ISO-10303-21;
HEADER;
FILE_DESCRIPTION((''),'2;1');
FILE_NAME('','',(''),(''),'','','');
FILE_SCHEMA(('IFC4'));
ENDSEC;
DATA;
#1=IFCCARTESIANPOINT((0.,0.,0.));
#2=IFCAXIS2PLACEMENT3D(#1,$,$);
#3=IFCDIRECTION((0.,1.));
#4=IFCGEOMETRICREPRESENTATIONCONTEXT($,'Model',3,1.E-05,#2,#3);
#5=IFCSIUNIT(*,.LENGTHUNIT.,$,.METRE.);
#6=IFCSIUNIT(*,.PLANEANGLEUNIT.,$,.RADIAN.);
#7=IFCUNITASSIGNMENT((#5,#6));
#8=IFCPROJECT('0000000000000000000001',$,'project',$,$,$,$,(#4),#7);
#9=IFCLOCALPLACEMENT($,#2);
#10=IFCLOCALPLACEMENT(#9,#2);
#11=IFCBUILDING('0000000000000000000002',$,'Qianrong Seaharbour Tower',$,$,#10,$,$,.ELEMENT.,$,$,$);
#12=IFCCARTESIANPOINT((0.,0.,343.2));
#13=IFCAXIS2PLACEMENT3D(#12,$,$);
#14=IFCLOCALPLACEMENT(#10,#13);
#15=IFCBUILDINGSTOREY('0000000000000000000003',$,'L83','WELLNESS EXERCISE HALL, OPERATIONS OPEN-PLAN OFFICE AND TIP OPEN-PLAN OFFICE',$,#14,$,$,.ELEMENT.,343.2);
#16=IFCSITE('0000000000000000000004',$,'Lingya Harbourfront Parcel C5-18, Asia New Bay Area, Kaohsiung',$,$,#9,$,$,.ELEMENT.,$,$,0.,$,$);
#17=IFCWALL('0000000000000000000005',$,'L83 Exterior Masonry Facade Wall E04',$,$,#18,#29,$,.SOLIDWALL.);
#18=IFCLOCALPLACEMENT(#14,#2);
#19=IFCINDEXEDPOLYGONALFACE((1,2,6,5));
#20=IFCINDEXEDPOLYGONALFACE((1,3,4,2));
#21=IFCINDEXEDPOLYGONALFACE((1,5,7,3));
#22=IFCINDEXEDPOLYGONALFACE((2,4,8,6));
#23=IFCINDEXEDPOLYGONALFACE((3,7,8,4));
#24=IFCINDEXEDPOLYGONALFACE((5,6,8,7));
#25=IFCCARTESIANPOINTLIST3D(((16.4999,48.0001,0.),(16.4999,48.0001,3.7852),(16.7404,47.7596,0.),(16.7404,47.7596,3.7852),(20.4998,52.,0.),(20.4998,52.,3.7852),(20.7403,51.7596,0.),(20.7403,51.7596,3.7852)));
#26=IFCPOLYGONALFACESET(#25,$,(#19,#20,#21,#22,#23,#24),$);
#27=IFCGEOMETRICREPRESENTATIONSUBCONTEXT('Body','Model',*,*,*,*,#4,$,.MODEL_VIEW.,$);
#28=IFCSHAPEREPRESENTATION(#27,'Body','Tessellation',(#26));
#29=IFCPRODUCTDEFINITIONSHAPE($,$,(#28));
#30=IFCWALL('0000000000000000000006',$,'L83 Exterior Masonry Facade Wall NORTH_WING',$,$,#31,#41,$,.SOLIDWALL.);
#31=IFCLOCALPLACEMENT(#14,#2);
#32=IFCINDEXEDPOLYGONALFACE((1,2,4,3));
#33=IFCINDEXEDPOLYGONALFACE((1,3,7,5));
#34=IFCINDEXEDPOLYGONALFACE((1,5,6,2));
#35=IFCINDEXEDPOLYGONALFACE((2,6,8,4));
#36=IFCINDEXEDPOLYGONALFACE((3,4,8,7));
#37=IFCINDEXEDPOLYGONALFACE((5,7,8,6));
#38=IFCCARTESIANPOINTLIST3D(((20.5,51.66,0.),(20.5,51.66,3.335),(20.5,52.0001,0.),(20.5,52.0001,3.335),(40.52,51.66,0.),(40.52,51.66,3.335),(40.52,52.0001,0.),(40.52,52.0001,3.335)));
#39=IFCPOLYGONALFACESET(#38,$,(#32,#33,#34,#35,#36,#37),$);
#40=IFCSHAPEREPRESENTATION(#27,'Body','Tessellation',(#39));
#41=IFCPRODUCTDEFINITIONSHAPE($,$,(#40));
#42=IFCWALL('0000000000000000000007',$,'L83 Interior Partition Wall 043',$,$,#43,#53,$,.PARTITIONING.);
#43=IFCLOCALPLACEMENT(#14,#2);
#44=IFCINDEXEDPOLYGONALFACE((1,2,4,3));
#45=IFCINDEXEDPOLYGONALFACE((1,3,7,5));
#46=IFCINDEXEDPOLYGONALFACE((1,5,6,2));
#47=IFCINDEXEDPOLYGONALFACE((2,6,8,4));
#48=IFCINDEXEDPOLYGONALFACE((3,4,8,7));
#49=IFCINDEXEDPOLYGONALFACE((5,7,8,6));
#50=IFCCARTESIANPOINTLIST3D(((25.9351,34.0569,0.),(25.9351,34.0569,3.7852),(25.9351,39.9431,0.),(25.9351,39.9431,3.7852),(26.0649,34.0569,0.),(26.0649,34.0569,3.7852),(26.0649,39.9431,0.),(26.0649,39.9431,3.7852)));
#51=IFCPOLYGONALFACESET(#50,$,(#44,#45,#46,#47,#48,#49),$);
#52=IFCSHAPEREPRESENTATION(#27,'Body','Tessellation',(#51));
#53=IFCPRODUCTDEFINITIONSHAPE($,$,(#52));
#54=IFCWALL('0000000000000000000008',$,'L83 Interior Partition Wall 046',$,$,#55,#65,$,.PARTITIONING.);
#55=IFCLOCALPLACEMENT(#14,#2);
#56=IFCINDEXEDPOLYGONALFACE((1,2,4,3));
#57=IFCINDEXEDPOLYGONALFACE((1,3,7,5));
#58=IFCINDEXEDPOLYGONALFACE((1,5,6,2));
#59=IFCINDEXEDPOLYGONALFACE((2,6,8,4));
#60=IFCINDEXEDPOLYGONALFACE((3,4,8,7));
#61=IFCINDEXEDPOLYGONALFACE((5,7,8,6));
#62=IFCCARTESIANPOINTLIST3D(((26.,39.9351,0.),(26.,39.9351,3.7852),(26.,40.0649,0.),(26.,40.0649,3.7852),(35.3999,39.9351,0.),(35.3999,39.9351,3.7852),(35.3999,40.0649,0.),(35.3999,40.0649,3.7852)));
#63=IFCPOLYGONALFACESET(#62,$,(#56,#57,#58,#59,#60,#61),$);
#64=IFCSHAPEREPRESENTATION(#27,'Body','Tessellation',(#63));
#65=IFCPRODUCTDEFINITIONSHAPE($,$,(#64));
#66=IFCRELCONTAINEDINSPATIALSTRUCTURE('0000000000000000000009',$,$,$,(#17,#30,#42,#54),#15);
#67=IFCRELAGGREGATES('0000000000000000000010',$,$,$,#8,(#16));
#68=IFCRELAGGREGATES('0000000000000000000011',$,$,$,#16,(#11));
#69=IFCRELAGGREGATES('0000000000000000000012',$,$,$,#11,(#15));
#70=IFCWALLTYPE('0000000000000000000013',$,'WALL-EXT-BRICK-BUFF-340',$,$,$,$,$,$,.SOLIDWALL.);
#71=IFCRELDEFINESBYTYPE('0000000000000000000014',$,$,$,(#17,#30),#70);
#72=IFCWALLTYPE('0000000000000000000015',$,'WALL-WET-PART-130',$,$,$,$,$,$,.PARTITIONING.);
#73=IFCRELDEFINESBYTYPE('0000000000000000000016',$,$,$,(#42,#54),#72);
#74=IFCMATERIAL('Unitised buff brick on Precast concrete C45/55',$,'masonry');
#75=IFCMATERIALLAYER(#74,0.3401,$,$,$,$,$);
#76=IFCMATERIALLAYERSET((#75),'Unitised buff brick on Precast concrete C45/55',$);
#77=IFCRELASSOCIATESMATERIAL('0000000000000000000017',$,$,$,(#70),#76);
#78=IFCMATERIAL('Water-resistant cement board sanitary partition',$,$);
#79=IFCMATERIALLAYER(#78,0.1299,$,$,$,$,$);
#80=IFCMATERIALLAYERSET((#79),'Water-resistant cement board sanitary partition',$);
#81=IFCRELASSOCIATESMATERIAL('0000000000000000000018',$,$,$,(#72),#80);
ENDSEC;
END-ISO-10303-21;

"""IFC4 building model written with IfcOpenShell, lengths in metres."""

from ifc_helpers import new_model, si_unit, direction, frame, frame_2d, origin, place, context, subcontext, project, spatial, rectangle, extrude, material, layer, layer_set, type_object, element, save


model = new_model("IFC4")

# Units and contexts
model_context = context("Model", 3, precision=1e-05, world=origin(), true_north=direction((0.0, 1.0)))
body_context = subcontext(model_context, "Body", "Model", "MODEL_VIEW")
ifc_project = project(units=[si_unit("LENGTHUNIT", "METRE"), si_unit("PLANEANGLEUNIT", "RADIAN")], contexts=[model_context])

# Site, building, storey
site_placement = place(None, origin())
site = spatial("IfcSite", under=ifc_project, at=site_placement, Name="Lingya Harbourfront Parcel C5-18, Asia New Bay Area, Kaohsiung", CompositionType="ELEMENT", RefElevation=0.0)
building_placement = place(site_placement, origin())
building = spatial("IfcBuilding", under=site, at=building_placement, Name="Qianrong Seaharbour Tower", CompositionType="ELEMENT")
storey_placement = place(building_placement, frame((0.0, 0.0, 343.2)))
storey = spatial("IfcBuildingStorey", under=building, at=storey_placement, Name="L83", Description="WELLNESS EXERCISE HALL, OPERATIONS OPEN-PLAN OFFICE AND TIP OPEN-PLAN OFFICE", CompositionType="ELEMENT", Elevation=343.2)

# Walls
ifc_material_1 = material(Name="Unitised buff brick on Precast concrete C45/55", Category="masonry")
ifc_layer_1 = layer(ifc_material_1, 0.3401)
ifc_layer_set_1 = layer_set([ifc_layer_1], Name="Unitised buff brick on Precast concrete C45/55")
wall_type_1 = type_object("IfcWallType", Name="WALL-EXT-BRICK-BUFF-340", PredefinedType="SOLIDWALL", material=ifc_layer_set_1)
wall_1_placement = place(storey_placement, frame((16.6201, 47.8799, 0.0), z_axis=(0.0, 0.0, 1.0), x_axis=(0.707107, 0.707107, 0.0)))
element("IfcWall", 1, at=wall_1_placement, inside=storey, type_object=wall_type_1, Name="L83 Exterior Masonry Facade Wall E04", PredefinedType="SOLIDWALL", context=body_context, shape_type="SweptSolid", body=[
    extrude(rectangle(XDim=5.6567, YDim=0.3401, at=frame_2d((2.8284, 0.0))), origin(), (0.0, 0.0, 1.0), 3.7852),
])
wall_2_placement = place(storey_placement, frame((20.5, 51.8301, 0.0), z_axis=(0.0, 0.0, 1.0), x_axis=(1.0, 0.0, 0.0)))
element("IfcWall", 2, at=wall_2_placement, inside=storey, type_object=wall_type_1, Name="L83 Exterior Masonry Facade Wall NORTH_WING", PredefinedType="SOLIDWALL", context=body_context, shape_type="SweptSolid", body=[
    extrude(rectangle(XDim=20.02, YDim=0.3401, at=frame_2d((10.01, 0.0))), origin(), (0.0, 0.0, 1.0), 3.335),
])
ifc_material_2 = material(Name="Water-resistant cement board sanitary partition")
ifc_layer_2 = layer(ifc_material_2, 0.1299)
ifc_layer_set_2 = layer_set([ifc_layer_2], Name="Water-resistant cement board sanitary partition")
wall_type_2 = type_object("IfcWallType", Name="WALL-WET-PART-130", PredefinedType="PARTITIONING", material=ifc_layer_set_2)
wall_3_placement = place(storey_placement, frame((26.0, 39.9431, 0.0), z_axis=(0.0, 0.0, 1.0), x_axis=(0.0, -1.0, 0.0)))
element("IfcWall", 3, at=wall_3_placement, inside=storey, type_object=wall_type_2, Name="L83 Interior Partition Wall 043", PredefinedType="PARTITIONING", context=body_context, shape_type="SweptSolid", body=[
    extrude(rectangle(XDim=5.8862, YDim=0.1299, at=frame_2d((2.9431, 0.0))), origin(), (0.0, 0.0, 1.0), 3.7852),
])
wall_4_placement = place(storey_placement, frame((26.0, 40.0, 0.0), z_axis=(0.0, 0.0, 1.0), x_axis=(1.0, 0.0, 0.0)))
element("IfcWall", 4, at=wall_4_placement, inside=storey, type_object=wall_type_2, Name="L83 Interior Partition Wall 046", PredefinedType="PARTITIONING", context=body_context, shape_type="SweptSolid", body=[
    extrude(rectangle(XDim=9.3999, YDim=0.1299, at=frame_2d((4.7, 0.0))), origin(), (0.0, 0.0, 1.0), 3.7852),
])

save(model, "model.ifc")
